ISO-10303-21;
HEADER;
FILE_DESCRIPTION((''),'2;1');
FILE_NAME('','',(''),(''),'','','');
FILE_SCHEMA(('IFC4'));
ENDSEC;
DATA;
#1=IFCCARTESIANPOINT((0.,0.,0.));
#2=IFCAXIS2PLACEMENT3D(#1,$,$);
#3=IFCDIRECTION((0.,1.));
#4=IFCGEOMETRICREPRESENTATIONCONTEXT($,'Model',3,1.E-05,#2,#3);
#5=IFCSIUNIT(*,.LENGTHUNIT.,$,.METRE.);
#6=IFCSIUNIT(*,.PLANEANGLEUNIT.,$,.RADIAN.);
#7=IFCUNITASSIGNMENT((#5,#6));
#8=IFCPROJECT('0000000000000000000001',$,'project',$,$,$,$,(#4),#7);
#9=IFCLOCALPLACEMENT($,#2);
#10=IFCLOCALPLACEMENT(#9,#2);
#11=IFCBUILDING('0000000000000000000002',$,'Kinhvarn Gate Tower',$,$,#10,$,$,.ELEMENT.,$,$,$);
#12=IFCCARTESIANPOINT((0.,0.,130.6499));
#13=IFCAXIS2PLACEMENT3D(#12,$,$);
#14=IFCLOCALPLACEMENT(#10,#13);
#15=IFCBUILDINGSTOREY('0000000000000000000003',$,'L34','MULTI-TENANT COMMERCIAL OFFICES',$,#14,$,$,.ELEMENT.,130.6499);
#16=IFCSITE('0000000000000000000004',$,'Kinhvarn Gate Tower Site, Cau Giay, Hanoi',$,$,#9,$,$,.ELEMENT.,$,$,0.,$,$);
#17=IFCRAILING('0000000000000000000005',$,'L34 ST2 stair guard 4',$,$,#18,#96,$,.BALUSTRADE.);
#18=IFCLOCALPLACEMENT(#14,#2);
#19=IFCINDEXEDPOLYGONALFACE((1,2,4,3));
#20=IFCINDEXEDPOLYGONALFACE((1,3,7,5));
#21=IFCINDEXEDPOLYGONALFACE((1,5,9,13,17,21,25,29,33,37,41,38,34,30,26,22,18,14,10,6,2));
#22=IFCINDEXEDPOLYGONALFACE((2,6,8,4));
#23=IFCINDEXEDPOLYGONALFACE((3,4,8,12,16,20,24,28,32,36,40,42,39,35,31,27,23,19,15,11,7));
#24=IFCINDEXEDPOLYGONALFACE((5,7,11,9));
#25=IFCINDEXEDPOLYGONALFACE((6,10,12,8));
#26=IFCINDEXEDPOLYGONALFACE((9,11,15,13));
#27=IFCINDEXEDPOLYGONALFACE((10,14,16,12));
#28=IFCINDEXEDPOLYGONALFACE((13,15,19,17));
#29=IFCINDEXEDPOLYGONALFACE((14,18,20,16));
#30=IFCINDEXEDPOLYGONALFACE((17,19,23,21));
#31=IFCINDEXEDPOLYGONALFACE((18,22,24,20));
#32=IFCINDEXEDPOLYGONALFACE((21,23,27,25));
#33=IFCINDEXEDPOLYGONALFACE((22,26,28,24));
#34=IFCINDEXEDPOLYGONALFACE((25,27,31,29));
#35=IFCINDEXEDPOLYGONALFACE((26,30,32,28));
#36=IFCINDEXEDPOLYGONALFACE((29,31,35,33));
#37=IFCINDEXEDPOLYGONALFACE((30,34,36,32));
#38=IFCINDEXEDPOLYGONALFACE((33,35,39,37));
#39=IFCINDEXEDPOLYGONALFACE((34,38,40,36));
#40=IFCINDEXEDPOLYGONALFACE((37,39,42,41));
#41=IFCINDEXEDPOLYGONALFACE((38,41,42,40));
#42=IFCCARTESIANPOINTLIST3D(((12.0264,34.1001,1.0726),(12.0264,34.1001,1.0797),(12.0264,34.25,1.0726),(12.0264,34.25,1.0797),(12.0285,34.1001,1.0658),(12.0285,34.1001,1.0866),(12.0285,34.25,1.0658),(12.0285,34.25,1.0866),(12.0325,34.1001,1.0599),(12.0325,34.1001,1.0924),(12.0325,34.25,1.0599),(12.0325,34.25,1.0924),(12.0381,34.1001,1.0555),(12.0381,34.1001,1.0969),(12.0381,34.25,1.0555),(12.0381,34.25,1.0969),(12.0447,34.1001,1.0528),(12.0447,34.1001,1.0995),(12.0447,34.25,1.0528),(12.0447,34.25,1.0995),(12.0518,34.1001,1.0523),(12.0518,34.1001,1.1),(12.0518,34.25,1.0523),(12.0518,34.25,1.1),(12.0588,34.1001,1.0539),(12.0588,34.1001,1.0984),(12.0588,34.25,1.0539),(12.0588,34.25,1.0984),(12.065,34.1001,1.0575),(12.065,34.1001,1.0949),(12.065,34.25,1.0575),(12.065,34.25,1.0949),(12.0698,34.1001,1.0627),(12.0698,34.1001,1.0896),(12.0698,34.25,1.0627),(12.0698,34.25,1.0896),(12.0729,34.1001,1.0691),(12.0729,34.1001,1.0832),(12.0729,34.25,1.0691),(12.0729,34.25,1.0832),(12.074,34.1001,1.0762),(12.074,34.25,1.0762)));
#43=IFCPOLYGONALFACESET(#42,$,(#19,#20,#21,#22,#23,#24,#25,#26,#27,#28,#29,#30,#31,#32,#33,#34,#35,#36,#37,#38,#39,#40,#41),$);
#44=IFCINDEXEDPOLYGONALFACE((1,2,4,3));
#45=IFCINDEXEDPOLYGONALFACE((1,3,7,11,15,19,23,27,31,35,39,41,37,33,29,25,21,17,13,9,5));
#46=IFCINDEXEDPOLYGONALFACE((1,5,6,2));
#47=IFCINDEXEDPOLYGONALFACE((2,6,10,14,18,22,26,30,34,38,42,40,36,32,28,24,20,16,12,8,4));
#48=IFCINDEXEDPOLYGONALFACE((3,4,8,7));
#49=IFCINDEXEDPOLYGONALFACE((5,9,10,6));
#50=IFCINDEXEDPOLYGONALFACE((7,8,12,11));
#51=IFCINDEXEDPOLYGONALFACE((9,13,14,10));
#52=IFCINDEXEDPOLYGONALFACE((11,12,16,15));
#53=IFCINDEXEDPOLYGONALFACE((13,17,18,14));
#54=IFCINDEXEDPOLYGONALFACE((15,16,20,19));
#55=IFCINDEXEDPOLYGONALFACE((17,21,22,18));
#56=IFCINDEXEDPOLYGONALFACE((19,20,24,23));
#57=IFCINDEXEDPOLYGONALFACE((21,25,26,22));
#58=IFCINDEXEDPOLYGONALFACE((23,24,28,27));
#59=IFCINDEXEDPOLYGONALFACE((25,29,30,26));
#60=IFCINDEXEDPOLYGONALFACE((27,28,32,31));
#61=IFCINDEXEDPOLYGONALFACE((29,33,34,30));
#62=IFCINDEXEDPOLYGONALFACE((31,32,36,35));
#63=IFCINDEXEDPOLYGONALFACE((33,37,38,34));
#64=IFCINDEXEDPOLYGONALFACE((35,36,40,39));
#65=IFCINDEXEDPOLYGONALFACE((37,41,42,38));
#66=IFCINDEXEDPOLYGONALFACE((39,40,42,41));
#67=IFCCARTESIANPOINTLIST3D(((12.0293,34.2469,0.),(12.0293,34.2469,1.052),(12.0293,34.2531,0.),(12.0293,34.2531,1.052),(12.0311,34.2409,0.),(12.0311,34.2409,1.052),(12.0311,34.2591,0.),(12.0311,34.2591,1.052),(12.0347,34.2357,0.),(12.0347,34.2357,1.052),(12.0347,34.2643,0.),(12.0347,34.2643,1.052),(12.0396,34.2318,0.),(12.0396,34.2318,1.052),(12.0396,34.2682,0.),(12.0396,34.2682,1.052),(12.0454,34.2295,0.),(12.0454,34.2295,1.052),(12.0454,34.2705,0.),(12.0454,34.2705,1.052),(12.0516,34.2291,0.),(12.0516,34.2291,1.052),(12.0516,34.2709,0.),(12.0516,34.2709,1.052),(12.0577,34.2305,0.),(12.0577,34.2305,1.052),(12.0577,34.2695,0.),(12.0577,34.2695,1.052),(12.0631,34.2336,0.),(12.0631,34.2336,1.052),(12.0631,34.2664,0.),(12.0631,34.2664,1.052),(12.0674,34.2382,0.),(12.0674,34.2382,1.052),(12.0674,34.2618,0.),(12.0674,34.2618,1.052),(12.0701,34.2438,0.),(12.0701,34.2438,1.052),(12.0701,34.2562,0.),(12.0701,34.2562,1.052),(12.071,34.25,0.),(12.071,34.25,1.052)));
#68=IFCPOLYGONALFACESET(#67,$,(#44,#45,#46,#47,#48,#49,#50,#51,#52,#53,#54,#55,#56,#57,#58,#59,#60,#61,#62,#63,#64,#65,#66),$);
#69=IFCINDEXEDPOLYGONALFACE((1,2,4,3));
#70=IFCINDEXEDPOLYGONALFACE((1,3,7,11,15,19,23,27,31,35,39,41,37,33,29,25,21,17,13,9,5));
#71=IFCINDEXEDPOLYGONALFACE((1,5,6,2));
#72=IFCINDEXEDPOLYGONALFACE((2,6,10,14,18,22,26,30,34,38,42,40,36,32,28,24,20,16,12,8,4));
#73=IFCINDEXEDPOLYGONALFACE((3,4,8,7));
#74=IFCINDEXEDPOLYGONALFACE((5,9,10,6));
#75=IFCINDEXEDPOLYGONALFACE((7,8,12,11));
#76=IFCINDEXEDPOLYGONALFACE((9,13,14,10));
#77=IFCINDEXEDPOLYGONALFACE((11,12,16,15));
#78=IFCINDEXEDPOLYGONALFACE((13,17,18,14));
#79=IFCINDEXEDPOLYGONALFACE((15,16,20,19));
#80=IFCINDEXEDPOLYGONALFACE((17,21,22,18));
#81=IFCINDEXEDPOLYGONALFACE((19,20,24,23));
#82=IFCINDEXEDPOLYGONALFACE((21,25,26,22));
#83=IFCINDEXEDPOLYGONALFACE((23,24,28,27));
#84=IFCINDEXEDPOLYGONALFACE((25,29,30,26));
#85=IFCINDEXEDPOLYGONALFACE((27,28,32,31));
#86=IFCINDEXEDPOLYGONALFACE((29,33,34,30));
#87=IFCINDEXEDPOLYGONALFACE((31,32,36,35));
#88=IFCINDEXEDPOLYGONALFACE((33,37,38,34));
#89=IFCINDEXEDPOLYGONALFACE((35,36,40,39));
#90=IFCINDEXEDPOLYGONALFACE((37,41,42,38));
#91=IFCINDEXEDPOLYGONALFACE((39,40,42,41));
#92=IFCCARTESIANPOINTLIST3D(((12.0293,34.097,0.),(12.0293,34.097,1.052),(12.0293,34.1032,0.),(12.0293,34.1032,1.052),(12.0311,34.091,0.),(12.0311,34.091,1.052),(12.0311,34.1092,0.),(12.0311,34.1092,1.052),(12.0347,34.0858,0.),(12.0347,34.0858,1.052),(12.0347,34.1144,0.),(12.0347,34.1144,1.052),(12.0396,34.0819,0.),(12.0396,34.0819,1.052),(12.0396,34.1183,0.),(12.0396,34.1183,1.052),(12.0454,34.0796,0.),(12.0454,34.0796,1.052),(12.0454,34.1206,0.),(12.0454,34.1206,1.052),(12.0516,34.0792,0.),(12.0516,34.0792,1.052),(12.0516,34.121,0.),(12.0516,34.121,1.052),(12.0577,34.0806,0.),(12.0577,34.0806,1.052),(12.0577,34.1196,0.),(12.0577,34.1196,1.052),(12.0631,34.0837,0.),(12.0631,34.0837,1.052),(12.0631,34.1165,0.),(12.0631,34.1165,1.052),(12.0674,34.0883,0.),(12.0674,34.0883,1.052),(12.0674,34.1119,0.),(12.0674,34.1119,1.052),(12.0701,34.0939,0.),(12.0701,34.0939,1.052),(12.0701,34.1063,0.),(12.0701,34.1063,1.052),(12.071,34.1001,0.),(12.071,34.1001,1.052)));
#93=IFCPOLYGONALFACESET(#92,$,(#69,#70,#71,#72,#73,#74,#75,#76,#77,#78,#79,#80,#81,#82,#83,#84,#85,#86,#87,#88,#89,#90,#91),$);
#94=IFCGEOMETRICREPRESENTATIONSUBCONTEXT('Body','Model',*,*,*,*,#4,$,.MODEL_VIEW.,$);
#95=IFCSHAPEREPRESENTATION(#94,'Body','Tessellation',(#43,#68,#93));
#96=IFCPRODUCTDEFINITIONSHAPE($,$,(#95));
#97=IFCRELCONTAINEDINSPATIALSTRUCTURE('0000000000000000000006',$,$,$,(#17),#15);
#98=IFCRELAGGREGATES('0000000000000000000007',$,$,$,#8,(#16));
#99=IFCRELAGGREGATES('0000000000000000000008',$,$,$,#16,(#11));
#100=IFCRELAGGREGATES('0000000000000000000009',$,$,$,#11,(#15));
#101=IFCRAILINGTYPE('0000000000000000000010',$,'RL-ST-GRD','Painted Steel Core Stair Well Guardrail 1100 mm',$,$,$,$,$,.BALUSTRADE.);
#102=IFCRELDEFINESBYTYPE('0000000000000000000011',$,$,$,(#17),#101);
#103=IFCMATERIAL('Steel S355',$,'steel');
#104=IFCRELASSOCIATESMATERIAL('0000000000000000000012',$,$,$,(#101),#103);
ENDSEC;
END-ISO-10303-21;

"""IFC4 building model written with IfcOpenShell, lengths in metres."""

from ifc_helpers import new_model, si_unit, direction, frame, origin, origin_2d, place, context, subcontext, project, spatial, circle, extrude, material, type_object, element, save


model = new_model("IFC4")

# Units and contexts
model_context = context("Model", 3, precision=1e-05, world=origin(), true_north=direction((0.0, 1.0)))
body_context = subcontext(model_context, "Body", "Model", "MODEL_VIEW")
ifc_project = project(units=[si_unit("LENGTHUNIT", "METRE"), si_unit("PLANEANGLEUNIT", "RADIAN")], contexts=[model_context])

# Site, building, storey
site_placement = place(None, origin())
site = spatial("IfcSite", under=ifc_project, at=site_placement, Name="Kinhvarn Gate Tower Site, Cau Giay, Hanoi", CompositionType="ELEMENT", RefElevation=0.0)
building_placement = place(site_placement, origin())
building = spatial("IfcBuilding", under=site, at=building_placement, Name="Kinhvarn Gate Tower", CompositionType="ELEMENT")
storey_placement = place(building_placement, frame((0.0, 0.0, 130.6499)))
storey = spatial("IfcBuildingStorey", under=building, at=storey_placement, Name="L34", Description="MULTI-TENANT COMMERCIAL OFFICES", CompositionType="ELEMENT", Elevation=130.6499)

# Shared definitions
ifc_material_1 = material(Name="Steel S355", Category="steel")

# Railing
railing_type_1 = type_object("IfcRailingType", Name="RL-ST-GRD", Description="Painted Steel Core Stair Well Guardrail 1100 mm", PredefinedType="BALUSTRADE", material=ifc_material_1)
railing_1_placement = place(storey_placement, frame((12.05, 34.25, 0.0)))
element("IfcRailing", 1, at=railing_1_placement, inside=storey, type_object=railing_type_1, Name="L34 ST2 stair guard 4", PredefinedType="BALUSTRADE", context=body_context, shape_type="SweptSolid", body=[
    extrude(circle(Radius=0.0239, at=origin_2d()), frame((0.0, 0.0, 1.0762), z_axis=(0.0, -1.0, 0.0), x_axis=(1.0, 0.0, 0.0)), (0.0, 0.0, 1.0), 0.1499),
    extrude(circle(Radius=0.021, at=origin_2d()), origin(), (0.0, 0.0, 1.0), 1.052),
    extrude(circle(Radius=0.021, at=origin_2d()), frame((0.0, -0.1499, 0.0)), (0.0, 0.0, 1.0), 1.052),
])

save(model, "model.ifc")
